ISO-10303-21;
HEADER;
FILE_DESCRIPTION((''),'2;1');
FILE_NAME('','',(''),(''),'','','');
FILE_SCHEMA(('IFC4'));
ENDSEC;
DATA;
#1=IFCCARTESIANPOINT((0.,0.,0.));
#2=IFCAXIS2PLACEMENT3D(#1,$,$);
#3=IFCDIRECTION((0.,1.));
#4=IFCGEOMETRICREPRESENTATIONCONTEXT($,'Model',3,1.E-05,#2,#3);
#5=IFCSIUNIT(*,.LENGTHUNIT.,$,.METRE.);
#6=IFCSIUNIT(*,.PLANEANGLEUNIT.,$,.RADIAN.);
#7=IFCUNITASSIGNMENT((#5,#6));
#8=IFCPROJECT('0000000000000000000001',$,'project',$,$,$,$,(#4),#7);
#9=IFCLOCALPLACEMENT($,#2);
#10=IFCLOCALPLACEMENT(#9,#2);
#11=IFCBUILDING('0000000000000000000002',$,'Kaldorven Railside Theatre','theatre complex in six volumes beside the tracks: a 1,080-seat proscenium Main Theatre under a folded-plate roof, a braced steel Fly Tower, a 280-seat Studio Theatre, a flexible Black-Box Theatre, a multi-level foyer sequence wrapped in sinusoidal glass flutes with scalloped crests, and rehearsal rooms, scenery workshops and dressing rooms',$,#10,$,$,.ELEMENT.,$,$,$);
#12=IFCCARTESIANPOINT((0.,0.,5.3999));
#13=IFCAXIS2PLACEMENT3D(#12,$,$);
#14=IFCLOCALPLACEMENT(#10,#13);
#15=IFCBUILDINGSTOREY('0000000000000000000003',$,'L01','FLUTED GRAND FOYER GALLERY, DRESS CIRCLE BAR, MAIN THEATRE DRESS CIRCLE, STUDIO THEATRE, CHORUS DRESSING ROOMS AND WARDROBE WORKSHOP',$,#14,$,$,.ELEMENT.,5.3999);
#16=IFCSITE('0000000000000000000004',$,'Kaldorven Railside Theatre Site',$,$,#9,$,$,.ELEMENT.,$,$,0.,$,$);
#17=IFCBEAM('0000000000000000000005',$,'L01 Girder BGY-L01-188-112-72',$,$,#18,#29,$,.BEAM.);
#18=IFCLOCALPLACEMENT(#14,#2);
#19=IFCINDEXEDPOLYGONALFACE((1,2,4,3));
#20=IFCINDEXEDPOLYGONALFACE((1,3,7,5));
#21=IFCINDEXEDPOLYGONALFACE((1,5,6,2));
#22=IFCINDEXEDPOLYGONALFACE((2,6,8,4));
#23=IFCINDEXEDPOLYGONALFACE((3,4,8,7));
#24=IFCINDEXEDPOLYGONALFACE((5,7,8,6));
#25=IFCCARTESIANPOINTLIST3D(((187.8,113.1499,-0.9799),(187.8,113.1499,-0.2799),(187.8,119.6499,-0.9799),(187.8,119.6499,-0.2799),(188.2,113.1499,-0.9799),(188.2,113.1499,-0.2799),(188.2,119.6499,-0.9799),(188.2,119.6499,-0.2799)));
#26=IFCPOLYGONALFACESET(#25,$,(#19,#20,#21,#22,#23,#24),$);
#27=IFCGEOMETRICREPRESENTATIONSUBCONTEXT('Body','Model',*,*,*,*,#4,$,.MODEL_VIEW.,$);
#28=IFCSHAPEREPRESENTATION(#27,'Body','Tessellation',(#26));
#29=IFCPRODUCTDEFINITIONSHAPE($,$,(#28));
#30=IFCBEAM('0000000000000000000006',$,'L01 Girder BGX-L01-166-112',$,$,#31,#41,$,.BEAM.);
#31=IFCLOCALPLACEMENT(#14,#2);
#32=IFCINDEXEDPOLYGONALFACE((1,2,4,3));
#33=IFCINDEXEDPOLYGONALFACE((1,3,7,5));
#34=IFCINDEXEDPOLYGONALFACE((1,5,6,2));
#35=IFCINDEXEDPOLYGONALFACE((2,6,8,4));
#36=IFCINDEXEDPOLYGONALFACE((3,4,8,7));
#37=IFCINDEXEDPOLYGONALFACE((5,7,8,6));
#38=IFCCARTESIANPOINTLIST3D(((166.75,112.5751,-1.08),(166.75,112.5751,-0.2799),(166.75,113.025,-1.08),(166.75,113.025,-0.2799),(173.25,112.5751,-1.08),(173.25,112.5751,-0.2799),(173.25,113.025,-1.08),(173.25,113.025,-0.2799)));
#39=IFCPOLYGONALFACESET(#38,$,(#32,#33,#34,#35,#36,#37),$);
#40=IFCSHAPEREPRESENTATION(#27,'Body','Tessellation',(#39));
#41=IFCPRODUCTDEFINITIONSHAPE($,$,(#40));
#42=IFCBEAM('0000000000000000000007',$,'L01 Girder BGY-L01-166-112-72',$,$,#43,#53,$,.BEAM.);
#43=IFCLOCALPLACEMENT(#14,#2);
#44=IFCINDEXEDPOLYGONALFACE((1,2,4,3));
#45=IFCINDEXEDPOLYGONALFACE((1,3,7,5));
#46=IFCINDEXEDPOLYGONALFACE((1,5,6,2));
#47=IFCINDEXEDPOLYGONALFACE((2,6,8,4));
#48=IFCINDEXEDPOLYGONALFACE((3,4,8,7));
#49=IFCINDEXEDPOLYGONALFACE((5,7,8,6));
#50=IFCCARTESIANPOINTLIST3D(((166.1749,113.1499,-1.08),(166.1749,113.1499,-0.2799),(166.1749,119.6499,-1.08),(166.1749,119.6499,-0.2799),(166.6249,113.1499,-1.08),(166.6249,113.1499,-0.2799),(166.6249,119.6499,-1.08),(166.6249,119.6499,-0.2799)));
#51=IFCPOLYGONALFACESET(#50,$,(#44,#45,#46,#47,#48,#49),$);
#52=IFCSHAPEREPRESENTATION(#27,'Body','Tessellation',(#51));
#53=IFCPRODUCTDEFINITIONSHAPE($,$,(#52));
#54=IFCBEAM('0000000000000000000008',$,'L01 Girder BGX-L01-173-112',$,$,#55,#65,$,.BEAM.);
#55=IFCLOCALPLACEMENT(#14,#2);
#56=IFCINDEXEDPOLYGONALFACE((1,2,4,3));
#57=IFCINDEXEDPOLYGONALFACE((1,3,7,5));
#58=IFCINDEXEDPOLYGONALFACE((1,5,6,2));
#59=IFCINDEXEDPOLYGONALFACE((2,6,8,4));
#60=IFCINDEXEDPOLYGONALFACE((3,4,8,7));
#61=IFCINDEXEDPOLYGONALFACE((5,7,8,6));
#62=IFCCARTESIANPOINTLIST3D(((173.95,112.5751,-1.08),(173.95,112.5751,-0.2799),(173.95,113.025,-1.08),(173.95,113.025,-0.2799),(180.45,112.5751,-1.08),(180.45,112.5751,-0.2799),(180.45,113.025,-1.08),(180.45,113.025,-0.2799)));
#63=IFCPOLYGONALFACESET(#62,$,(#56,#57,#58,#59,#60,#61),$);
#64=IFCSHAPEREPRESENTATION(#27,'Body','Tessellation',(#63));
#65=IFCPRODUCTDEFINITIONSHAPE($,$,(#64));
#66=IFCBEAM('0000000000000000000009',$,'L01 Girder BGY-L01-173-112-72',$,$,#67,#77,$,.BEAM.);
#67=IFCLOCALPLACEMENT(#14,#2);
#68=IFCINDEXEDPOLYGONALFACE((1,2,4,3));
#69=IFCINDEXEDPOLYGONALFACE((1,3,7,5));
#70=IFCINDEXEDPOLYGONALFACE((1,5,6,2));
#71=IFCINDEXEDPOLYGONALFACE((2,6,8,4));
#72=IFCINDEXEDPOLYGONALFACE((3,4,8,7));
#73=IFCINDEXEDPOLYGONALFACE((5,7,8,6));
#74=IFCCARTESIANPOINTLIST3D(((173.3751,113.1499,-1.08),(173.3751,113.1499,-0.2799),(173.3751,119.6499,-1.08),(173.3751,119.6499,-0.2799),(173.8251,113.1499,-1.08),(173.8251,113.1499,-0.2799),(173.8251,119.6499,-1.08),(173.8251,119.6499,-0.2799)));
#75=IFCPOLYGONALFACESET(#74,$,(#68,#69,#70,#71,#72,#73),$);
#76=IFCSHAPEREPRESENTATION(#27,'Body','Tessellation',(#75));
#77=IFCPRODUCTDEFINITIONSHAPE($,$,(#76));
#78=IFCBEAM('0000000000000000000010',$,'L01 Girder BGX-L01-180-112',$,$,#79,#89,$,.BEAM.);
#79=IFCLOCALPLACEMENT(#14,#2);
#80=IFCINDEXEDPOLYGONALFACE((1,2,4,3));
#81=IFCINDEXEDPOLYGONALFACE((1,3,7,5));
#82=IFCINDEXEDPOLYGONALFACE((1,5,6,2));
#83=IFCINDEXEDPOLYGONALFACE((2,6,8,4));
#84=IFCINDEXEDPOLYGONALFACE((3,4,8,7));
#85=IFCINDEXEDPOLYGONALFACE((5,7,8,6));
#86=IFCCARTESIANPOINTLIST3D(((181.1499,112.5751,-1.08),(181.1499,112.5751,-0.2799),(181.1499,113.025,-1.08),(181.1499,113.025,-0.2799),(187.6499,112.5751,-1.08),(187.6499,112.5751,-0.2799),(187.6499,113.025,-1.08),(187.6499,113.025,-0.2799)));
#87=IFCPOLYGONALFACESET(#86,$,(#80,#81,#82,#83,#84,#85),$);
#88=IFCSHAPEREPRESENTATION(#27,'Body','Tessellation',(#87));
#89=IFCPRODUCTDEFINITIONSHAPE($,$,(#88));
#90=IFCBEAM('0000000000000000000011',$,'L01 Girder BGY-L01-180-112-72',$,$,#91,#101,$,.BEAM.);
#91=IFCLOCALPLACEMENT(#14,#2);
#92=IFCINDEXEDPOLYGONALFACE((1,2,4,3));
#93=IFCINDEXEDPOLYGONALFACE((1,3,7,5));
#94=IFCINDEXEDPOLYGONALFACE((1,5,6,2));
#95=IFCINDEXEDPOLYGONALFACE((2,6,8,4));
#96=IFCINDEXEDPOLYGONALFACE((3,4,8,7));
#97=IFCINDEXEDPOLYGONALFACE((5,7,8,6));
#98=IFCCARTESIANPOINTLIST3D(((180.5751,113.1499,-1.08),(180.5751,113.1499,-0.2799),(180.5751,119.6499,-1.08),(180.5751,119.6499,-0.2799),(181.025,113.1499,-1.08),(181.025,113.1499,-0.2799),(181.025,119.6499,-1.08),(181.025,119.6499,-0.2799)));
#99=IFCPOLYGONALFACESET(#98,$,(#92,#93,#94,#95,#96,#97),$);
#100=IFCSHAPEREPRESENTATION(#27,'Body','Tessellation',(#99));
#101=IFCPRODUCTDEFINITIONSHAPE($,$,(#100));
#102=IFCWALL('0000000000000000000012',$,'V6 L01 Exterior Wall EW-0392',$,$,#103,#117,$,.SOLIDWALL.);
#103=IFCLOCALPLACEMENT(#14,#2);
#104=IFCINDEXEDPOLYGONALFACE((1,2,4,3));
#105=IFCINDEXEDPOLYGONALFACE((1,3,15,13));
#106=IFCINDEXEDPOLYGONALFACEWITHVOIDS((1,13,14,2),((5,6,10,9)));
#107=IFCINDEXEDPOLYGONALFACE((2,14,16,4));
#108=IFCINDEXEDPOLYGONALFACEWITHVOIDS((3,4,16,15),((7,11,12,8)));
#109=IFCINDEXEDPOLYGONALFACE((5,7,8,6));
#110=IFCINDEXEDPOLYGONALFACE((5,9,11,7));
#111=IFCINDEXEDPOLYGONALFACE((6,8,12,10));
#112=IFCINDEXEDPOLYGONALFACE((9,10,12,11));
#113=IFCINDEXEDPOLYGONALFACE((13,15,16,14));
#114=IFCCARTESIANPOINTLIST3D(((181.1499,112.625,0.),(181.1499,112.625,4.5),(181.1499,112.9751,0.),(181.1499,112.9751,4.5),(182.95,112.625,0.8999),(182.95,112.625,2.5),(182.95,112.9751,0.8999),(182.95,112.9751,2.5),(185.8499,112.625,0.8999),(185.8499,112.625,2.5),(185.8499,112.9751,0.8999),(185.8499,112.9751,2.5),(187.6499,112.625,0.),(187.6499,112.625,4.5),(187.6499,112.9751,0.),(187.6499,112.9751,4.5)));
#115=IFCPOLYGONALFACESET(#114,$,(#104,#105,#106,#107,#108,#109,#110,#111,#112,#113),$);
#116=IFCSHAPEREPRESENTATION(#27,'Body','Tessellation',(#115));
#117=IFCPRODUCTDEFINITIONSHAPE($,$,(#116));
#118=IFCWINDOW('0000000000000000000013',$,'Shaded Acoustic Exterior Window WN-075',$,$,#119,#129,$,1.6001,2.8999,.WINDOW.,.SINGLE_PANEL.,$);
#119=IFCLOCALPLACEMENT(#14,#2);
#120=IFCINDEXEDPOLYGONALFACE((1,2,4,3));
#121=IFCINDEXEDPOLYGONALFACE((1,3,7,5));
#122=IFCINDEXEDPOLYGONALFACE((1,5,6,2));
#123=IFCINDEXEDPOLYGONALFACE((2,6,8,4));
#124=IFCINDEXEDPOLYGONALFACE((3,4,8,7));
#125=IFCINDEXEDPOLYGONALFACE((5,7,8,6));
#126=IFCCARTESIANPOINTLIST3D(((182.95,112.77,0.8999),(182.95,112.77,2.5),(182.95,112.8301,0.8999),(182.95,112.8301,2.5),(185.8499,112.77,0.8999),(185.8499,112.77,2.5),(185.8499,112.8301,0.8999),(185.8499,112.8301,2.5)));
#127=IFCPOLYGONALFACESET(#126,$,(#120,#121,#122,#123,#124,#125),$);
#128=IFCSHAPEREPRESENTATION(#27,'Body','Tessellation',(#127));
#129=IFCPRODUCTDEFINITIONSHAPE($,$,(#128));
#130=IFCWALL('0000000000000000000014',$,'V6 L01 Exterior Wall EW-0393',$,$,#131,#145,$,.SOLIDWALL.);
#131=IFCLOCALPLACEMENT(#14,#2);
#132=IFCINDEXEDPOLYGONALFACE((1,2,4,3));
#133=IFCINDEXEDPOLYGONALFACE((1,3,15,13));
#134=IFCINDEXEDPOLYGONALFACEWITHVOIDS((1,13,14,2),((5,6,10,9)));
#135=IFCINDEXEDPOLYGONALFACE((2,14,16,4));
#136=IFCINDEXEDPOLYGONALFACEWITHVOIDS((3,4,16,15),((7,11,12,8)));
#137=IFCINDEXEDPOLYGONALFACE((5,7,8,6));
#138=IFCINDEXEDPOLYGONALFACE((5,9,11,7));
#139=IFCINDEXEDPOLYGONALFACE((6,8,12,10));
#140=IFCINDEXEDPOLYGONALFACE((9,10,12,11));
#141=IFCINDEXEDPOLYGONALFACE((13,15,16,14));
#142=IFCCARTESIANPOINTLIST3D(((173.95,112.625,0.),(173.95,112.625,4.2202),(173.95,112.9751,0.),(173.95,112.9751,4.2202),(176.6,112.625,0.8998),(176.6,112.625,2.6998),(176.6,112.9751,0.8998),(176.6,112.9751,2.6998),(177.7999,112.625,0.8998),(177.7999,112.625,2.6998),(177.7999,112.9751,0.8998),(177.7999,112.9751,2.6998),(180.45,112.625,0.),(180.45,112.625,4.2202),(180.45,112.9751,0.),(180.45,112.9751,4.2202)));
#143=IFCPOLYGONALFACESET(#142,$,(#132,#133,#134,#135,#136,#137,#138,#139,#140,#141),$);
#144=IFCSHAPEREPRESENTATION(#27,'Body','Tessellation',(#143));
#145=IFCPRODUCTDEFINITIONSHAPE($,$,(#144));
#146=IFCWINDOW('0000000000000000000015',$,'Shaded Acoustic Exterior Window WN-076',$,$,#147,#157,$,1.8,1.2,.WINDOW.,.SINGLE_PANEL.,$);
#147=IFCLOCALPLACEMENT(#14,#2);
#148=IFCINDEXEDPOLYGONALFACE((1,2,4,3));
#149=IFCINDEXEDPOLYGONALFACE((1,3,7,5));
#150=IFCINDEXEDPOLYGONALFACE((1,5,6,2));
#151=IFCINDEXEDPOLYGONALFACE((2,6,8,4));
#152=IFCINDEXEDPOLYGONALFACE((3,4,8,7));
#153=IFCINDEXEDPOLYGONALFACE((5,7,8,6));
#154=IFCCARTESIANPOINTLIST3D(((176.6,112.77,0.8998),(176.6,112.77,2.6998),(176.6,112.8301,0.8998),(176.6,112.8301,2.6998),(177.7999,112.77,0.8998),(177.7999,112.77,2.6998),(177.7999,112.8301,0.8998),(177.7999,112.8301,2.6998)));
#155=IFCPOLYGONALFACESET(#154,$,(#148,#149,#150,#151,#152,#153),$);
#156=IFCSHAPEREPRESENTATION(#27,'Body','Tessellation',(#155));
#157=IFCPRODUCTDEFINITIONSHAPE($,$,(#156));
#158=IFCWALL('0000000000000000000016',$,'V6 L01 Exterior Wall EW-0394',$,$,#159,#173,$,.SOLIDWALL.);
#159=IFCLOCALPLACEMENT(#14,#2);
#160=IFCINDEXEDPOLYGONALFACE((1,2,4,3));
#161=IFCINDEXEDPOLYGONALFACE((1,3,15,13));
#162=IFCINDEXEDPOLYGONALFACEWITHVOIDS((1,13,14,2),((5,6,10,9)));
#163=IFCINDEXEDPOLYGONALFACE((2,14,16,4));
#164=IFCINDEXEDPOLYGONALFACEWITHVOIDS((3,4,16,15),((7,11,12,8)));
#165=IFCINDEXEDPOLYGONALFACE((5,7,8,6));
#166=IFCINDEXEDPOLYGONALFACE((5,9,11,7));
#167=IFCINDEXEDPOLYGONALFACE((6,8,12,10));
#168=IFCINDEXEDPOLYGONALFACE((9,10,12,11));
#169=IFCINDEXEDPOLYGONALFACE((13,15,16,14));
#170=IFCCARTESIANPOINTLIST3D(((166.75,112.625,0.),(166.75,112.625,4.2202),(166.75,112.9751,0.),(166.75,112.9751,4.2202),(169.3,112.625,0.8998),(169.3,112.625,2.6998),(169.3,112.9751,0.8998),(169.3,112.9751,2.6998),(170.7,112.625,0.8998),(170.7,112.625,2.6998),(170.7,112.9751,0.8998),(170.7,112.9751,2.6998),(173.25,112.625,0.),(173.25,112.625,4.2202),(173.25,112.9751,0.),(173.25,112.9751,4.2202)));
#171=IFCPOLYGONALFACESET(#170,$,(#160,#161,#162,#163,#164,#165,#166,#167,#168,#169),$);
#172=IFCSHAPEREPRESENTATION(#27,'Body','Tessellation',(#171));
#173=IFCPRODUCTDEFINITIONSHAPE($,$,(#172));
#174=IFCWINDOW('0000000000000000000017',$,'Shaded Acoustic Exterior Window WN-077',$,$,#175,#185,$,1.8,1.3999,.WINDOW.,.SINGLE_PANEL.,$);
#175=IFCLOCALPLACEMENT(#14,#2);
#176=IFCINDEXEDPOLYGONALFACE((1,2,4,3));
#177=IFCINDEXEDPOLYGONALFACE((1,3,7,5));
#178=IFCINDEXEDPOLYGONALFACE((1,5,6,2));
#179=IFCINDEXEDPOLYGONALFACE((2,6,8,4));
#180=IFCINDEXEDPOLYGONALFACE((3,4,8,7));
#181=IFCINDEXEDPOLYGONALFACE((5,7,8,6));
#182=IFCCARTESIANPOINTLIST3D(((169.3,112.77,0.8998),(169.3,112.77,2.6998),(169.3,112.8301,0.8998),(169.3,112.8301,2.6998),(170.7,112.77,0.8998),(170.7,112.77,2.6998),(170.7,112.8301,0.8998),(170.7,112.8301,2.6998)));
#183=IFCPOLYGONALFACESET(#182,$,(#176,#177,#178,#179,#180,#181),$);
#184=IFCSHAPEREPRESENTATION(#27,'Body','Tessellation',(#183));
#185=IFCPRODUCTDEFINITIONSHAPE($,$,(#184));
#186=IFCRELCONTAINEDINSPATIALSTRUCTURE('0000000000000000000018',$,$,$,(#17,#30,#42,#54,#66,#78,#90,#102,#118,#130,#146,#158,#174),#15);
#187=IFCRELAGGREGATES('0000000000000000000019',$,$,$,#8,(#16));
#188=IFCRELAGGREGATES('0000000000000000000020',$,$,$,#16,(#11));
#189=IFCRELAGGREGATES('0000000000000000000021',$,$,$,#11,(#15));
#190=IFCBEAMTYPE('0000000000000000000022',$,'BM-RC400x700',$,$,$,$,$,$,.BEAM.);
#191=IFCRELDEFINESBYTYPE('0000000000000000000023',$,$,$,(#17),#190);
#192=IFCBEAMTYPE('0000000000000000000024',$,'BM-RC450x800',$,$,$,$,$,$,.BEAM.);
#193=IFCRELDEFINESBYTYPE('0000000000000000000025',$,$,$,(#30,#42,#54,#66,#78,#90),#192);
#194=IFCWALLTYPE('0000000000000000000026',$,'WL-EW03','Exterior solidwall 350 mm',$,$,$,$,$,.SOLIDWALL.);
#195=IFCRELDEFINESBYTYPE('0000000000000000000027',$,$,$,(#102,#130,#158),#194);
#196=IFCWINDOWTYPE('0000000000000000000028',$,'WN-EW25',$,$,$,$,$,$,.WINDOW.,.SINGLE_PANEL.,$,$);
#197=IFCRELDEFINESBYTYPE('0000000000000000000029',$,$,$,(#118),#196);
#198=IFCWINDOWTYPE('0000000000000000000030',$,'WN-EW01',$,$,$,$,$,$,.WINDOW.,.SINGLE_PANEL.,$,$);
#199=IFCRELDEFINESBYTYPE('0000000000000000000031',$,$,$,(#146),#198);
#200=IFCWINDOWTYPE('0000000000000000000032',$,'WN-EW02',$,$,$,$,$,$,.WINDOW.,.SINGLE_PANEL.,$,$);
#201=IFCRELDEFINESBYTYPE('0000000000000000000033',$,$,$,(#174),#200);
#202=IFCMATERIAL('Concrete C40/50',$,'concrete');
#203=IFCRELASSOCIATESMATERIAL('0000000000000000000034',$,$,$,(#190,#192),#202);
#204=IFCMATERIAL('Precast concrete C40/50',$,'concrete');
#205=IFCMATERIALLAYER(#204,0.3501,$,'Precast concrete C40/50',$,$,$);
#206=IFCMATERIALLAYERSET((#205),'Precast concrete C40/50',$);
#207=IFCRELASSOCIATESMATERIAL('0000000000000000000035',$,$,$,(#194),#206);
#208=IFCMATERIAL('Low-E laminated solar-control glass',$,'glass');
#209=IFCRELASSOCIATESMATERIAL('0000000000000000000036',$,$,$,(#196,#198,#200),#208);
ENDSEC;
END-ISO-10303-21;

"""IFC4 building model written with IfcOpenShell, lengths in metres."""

from ifc_helpers import new_model, si_unit, direction, frame, frame_2d, origin, origin_2d, place, context, subcontext, project, spatial, rectangle, extrude, material, layer, layer_set, material_profile, profile_set, type_object, element, fill, save


model = new_model("IFC4")

# Units and contexts
model_context = context("Model", 3, precision=1e-05, world=origin(), true_north=direction((0.0, 1.0)))
body_context = subcontext(model_context, "Body", "Model", "MODEL_VIEW")
ifc_project = project(units=[si_unit("LENGTHUNIT", "METRE"), si_unit("PLANEANGLEUNIT", "RADIAN")], contexts=[model_context])

# Site, building, storey
site_placement = place(None, origin())
site = spatial("IfcSite", under=ifc_project, at=site_placement, Name="Kaldorven Railside Theatre Site", CompositionType="ELEMENT", RefElevation=0.0)
building_placement = place(site_placement, origin())
building = spatial("IfcBuilding", under=site, at=building_placement, Name="Kaldorven Railside Theatre", Description="theatre complex in six volumes beside the tracks: a 1,080-seat proscenium Main Theatre under a folded-plate roof, a braced steel Fly Tower, a 280-seat Studio Theatre, a flexible Black-Box Theatre, a multi-level foyer sequence wrapped in sinusoidal glass flutes with scalloped crests, and rehearsal rooms, scenery workshops and dressing rooms", CompositionType="ELEMENT")
storey_placement = place(building_placement, frame((0.0, 0.0, 5.3999)))
storey = spatial("IfcBuildingStorey", under=building, at=storey_placement, Name="L01", Description="FLUTED GRAND FOYER GALLERY, DRESS CIRCLE BAR, MAIN THEATRE DRESS CIRCLE, STUDIO THEATRE, CHORUS DRESSING ROOMS AND WARDROBE WORKSHOP", CompositionType="ELEMENT", Elevation=5.3999)

# Shared definitions
ifc_material_1 = material(Name="Concrete C40/50", Category="concrete")

# Beams
ifc_material_profile_1 = material_profile(ifc_material_1, rectangle(XDim=0.3999, YDim=0.7, at=origin_2d()), Name="RC 400x700")
ifc_profile_set_1 = profile_set([ifc_material_profile_1], Name="Concrete C40/50")
beam_type_1 = type_object("IfcBeamType", Name="BM-RC400x700", PredefinedType="BEAM", material=ifc_profile_set_1)
beam_placement = place(storey_placement, frame((188.0, 113.1499, -0.6299), z_axis=(0.0, 1.0, 0.0), x_axis=(-1.0, 0.0, 0.0)))
element("IfcBeam", 1, at=beam_placement, inside=storey, type_object=beam_type_1, Name="L01 Girder BGY-L01-188-112-72", PredefinedType="BEAM", context=body_context, shape_type="SweptSolid", body=[
    extrude(rectangle(XDim=0.3999, YDim=0.7, at=origin_2d()), origin(), (0.0, 0.0, 1.0), 6.5),
])
ifc_material_profile_2 = material_profile(ifc_material_1, rectangle(XDim=0.45, YDim=0.8, at=origin_2d()), Name="RC 450x800")
ifc_profile_set_2 = profile_set([ifc_material_profile_2], Name="Concrete C40/50")
beam_type_2 = type_object("IfcBeamType", Name="BM-RC450x800", PredefinedType="BEAM", material=ifc_profile_set_2)
for number, where, z_axis, x_axis, name in (
    (2, (166.75, 112.8, -0.6799), (1.0, 0.0, 0.0), (0.0, 1.0, 0.0), "L01 Girder BGX-L01-166-112"),
    (3, (166.3999, 113.1499, -0.6799), (0.0, 1.0, 0.0), (-1.0, 0.0, 0.0), "L01 Girder BGY-L01-166-112-72"),
    (4, (173.95, 112.8, -0.6799), (1.0, 0.0, 0.0), (0.0, 1.0, 0.0), "L01 Girder BGX-L01-173-112"),
    (5, (173.6001, 113.1499, -0.6799), (0.0, 1.0, 0.0), (-1.0, 0.0, 0.0), "L01 Girder BGY-L01-173-112-72"),
    (6, (181.1499, 112.8, -0.6799), (1.0, 0.0, 0.0), (0.0, 1.0, 0.0), "L01 Girder BGX-L01-180-112"),
    (7, (180.8, 113.1499, -0.6799), (0.0, 1.0, 0.0), (-1.0, 0.0, 0.0), "L01 Girder BGY-L01-180-112-72"),
):
    element("IfcBeam", number, at=place(storey_placement, frame(where, z_axis=z_axis, x_axis=x_axis)), inside=storey, type_object=beam_type_2, Name=name, PredefinedType="BEAM", context=body_context, shape_type="SweptSolid", body=[
        extrude(rectangle(XDim=0.45, YDim=0.8, at=origin_2d()), origin(), (0.0, 0.0, 1.0), 6.5),
    ])

# Walls, openings, windows
ifc_material_2 = material(Name="Precast concrete C40/50", Category="concrete")
ifc_layer_1 = layer(ifc_material_2, 0.3501, Name="Precast concrete C40/50")
ifc_layer_set_1 = layer_set([ifc_layer_1], Name="Precast concrete C40/50")
wall_type_1 = type_object("IfcWallType", Name="WL-EW03", Description="Exterior solidwall 350 mm", PredefinedType="SOLIDWALL", material=ifc_layer_set_1)
wall_1_placement = place(storey_placement, frame((187.6499, 112.8, 0.0), z_axis=(0.0, 0.0, 1.0), x_axis=(-1.0, 0.0, 0.0)))
wall_1 = element("IfcWall", 8, at=wall_1_placement, inside=storey, type_object=wall_type_1, Name="V6 L01 Exterior Wall EW-0392", PredefinedType="SOLIDWALL", context=body_context, shape_type="SweptSolid", body=[
    extrude(rectangle(XDim=6.5, YDim=0.3501, at=frame_2d((3.25, 0.0))), origin(), (0.0, 0.0, 1.0), 4.5),
])
opening_1_placement = place(wall_1_placement, frame((1.8, 0.0, 0.8999)))
opening_1 = element("IfcOpeningElement", 9, at=opening_1_placement, cuts=wall_1, PredefinedType="OPENING", context=body_context, shape_type="SweptSolid", body=[
    extrude(rectangle(XDim=2.8999, YDim=1.6001, at=frame_2d((1.45, 0.8))), frame((0.0, 0.1851, 0.0), z_axis=(0.0, -1.0, 0.0), x_axis=(1.0, 0.0, 0.0)), (0.0, 0.0, 1.0), 0.3701),
])
ifc_material_3 = material(Name="Low-E laminated solar-control glass", Category="glass")
window_type_1 = type_object("IfcWindowType", Name="WN-EW25", PartitioningType="SINGLE_PANEL", PredefinedType="WINDOW", material=ifc_material_3)
window_1_placement = place(opening_1_placement, origin())
window_1 = element("IfcWindow", 10, at=window_1_placement, inside=storey, type_object=window_type_1, Name="Shaded Acoustic Exterior Window WN-075", OverallHeight=1.6001, OverallWidth=2.8999, PartitioningType="SINGLE_PANEL", PredefinedType="WINDOW", context=body_context, shape_type="SweptSolid", body=[
    extrude(rectangle(XDim=2.8999, YDim=1.6001, at=frame_2d((1.45, 0.8))), frame((0.0, 0.03, 0.0), z_axis=(0.0, -1.0, 0.0), x_axis=(1.0, 0.0, 0.0)), (0.0, 0.0, 1.0), 0.0601),
])
fill(opening_1, window_1)
wall_2_placement = place(storey_placement, frame((180.45, 112.8, 0.0), z_axis=(0.0, 0.0, 1.0), x_axis=(-1.0, 0.0, 0.0)))
wall_2 = element("IfcWall", 11, at=wall_2_placement, inside=storey, type_object=wall_type_1, Name="V6 L01 Exterior Wall EW-0393", PredefinedType="SOLIDWALL", context=body_context, shape_type="SweptSolid", body=[
    extrude(rectangle(XDim=6.5, YDim=0.3501, at=frame_2d((3.25, 0.0))), origin(), (0.0, 0.0, 1.0), 4.2202),
])
opening_2_placement = place(wall_2_placement, frame((2.6499, 0.0, 0.8999)))
opening_2 = element("IfcOpeningElement", 12, at=opening_2_placement, cuts=wall_2, PredefinedType="OPENING", context=body_context, shape_type="SweptSolid", body=[
    extrude(rectangle(XDim=1.2, YDim=1.8, at=frame_2d((0.6001, 0.8999))), frame((0.0, 0.1851, 0.0), z_axis=(0.0, -1.0, 0.0), x_axis=(1.0, 0.0, 0.0)), (0.0, 0.0, 1.0), 0.3701),
])
window_type_2 = type_object("IfcWindowType", Name="WN-EW01", PartitioningType="SINGLE_PANEL", PredefinedType="WINDOW", material=ifc_material_3)
window_2_placement = place(opening_2_placement, origin())
window_2 = element("IfcWindow", 13, at=window_2_placement, inside=storey, type_object=window_type_2, Name="Shaded Acoustic Exterior Window WN-076", OverallHeight=1.8, OverallWidth=1.2, PartitioningType="SINGLE_PANEL", PredefinedType="WINDOW", context=body_context, shape_type="SweptSolid", body=[
    extrude(rectangle(XDim=1.2, YDim=1.8, at=frame_2d((0.6001, 0.8999))), frame((0.0, 0.03, 0.0), z_axis=(0.0, -1.0, 0.0), x_axis=(1.0, 0.0, 0.0)), (0.0, 0.0, 1.0), 0.0601),
])
fill(opening_2, window_2)
wall_3_placement = place(storey_placement, frame((173.25, 112.8, 0.0), z_axis=(0.0, 0.0, 1.0), x_axis=(-1.0, 0.0, 0.0)))
wall_3 = element("IfcWall", 14, at=wall_3_placement, inside=storey, type_object=wall_type_1, Name="V6 L01 Exterior Wall EW-0394", PredefinedType="SOLIDWALL", context=body_context, shape_type="SweptSolid", body=[
    extrude(rectangle(XDim=6.5, YDim=0.3501, at=frame_2d((3.25, 0.0))), origin(), (0.0, 0.0, 1.0), 4.2202),
])
opening_3_placement = place(wall_3_placement, frame((2.55, 0.0, 0.8999)))
opening_3 = element("IfcOpeningElement", 15, at=opening_3_placement, cuts=wall_3, PredefinedType="OPENING", context=body_context, shape_type="SweptSolid", body=[
    extrude(rectangle(XDim=1.3999, YDim=1.8, at=frame_2d((0.7, 0.8999))), frame((0.0, 0.1851, 0.0), z_axis=(0.0, -1.0, 0.0), x_axis=(1.0, 0.0, 0.0)), (0.0, 0.0, 1.0), 0.3701),
])
window_type_3 = type_object("IfcWindowType", Name="WN-EW02", PartitioningType="SINGLE_PANEL", PredefinedType="WINDOW", material=ifc_material_3)
window_3_placement = place(opening_3_placement, origin())
window_3 = element("IfcWindow", 16, at=window_3_placement, inside=storey, type_object=window_type_3, Name="Shaded Acoustic Exterior Window WN-077", OverallHeight=1.8, OverallWidth=1.3999, PartitioningType="SINGLE_PANEL", PredefinedType="WINDOW", context=body_context, shape_type="SweptSolid", body=[
    extrude(rectangle(XDim=1.3999, YDim=1.8, at=frame_2d((0.7, 0.8999))), frame((0.0, 0.03, 0.0), z_axis=(0.0, -1.0, 0.0), x_axis=(1.0, 0.0, 0.0)), (0.0, 0.0, 1.0), 0.0601),
])
fill(opening_3, window_3)

save(model, "model.ifc")
